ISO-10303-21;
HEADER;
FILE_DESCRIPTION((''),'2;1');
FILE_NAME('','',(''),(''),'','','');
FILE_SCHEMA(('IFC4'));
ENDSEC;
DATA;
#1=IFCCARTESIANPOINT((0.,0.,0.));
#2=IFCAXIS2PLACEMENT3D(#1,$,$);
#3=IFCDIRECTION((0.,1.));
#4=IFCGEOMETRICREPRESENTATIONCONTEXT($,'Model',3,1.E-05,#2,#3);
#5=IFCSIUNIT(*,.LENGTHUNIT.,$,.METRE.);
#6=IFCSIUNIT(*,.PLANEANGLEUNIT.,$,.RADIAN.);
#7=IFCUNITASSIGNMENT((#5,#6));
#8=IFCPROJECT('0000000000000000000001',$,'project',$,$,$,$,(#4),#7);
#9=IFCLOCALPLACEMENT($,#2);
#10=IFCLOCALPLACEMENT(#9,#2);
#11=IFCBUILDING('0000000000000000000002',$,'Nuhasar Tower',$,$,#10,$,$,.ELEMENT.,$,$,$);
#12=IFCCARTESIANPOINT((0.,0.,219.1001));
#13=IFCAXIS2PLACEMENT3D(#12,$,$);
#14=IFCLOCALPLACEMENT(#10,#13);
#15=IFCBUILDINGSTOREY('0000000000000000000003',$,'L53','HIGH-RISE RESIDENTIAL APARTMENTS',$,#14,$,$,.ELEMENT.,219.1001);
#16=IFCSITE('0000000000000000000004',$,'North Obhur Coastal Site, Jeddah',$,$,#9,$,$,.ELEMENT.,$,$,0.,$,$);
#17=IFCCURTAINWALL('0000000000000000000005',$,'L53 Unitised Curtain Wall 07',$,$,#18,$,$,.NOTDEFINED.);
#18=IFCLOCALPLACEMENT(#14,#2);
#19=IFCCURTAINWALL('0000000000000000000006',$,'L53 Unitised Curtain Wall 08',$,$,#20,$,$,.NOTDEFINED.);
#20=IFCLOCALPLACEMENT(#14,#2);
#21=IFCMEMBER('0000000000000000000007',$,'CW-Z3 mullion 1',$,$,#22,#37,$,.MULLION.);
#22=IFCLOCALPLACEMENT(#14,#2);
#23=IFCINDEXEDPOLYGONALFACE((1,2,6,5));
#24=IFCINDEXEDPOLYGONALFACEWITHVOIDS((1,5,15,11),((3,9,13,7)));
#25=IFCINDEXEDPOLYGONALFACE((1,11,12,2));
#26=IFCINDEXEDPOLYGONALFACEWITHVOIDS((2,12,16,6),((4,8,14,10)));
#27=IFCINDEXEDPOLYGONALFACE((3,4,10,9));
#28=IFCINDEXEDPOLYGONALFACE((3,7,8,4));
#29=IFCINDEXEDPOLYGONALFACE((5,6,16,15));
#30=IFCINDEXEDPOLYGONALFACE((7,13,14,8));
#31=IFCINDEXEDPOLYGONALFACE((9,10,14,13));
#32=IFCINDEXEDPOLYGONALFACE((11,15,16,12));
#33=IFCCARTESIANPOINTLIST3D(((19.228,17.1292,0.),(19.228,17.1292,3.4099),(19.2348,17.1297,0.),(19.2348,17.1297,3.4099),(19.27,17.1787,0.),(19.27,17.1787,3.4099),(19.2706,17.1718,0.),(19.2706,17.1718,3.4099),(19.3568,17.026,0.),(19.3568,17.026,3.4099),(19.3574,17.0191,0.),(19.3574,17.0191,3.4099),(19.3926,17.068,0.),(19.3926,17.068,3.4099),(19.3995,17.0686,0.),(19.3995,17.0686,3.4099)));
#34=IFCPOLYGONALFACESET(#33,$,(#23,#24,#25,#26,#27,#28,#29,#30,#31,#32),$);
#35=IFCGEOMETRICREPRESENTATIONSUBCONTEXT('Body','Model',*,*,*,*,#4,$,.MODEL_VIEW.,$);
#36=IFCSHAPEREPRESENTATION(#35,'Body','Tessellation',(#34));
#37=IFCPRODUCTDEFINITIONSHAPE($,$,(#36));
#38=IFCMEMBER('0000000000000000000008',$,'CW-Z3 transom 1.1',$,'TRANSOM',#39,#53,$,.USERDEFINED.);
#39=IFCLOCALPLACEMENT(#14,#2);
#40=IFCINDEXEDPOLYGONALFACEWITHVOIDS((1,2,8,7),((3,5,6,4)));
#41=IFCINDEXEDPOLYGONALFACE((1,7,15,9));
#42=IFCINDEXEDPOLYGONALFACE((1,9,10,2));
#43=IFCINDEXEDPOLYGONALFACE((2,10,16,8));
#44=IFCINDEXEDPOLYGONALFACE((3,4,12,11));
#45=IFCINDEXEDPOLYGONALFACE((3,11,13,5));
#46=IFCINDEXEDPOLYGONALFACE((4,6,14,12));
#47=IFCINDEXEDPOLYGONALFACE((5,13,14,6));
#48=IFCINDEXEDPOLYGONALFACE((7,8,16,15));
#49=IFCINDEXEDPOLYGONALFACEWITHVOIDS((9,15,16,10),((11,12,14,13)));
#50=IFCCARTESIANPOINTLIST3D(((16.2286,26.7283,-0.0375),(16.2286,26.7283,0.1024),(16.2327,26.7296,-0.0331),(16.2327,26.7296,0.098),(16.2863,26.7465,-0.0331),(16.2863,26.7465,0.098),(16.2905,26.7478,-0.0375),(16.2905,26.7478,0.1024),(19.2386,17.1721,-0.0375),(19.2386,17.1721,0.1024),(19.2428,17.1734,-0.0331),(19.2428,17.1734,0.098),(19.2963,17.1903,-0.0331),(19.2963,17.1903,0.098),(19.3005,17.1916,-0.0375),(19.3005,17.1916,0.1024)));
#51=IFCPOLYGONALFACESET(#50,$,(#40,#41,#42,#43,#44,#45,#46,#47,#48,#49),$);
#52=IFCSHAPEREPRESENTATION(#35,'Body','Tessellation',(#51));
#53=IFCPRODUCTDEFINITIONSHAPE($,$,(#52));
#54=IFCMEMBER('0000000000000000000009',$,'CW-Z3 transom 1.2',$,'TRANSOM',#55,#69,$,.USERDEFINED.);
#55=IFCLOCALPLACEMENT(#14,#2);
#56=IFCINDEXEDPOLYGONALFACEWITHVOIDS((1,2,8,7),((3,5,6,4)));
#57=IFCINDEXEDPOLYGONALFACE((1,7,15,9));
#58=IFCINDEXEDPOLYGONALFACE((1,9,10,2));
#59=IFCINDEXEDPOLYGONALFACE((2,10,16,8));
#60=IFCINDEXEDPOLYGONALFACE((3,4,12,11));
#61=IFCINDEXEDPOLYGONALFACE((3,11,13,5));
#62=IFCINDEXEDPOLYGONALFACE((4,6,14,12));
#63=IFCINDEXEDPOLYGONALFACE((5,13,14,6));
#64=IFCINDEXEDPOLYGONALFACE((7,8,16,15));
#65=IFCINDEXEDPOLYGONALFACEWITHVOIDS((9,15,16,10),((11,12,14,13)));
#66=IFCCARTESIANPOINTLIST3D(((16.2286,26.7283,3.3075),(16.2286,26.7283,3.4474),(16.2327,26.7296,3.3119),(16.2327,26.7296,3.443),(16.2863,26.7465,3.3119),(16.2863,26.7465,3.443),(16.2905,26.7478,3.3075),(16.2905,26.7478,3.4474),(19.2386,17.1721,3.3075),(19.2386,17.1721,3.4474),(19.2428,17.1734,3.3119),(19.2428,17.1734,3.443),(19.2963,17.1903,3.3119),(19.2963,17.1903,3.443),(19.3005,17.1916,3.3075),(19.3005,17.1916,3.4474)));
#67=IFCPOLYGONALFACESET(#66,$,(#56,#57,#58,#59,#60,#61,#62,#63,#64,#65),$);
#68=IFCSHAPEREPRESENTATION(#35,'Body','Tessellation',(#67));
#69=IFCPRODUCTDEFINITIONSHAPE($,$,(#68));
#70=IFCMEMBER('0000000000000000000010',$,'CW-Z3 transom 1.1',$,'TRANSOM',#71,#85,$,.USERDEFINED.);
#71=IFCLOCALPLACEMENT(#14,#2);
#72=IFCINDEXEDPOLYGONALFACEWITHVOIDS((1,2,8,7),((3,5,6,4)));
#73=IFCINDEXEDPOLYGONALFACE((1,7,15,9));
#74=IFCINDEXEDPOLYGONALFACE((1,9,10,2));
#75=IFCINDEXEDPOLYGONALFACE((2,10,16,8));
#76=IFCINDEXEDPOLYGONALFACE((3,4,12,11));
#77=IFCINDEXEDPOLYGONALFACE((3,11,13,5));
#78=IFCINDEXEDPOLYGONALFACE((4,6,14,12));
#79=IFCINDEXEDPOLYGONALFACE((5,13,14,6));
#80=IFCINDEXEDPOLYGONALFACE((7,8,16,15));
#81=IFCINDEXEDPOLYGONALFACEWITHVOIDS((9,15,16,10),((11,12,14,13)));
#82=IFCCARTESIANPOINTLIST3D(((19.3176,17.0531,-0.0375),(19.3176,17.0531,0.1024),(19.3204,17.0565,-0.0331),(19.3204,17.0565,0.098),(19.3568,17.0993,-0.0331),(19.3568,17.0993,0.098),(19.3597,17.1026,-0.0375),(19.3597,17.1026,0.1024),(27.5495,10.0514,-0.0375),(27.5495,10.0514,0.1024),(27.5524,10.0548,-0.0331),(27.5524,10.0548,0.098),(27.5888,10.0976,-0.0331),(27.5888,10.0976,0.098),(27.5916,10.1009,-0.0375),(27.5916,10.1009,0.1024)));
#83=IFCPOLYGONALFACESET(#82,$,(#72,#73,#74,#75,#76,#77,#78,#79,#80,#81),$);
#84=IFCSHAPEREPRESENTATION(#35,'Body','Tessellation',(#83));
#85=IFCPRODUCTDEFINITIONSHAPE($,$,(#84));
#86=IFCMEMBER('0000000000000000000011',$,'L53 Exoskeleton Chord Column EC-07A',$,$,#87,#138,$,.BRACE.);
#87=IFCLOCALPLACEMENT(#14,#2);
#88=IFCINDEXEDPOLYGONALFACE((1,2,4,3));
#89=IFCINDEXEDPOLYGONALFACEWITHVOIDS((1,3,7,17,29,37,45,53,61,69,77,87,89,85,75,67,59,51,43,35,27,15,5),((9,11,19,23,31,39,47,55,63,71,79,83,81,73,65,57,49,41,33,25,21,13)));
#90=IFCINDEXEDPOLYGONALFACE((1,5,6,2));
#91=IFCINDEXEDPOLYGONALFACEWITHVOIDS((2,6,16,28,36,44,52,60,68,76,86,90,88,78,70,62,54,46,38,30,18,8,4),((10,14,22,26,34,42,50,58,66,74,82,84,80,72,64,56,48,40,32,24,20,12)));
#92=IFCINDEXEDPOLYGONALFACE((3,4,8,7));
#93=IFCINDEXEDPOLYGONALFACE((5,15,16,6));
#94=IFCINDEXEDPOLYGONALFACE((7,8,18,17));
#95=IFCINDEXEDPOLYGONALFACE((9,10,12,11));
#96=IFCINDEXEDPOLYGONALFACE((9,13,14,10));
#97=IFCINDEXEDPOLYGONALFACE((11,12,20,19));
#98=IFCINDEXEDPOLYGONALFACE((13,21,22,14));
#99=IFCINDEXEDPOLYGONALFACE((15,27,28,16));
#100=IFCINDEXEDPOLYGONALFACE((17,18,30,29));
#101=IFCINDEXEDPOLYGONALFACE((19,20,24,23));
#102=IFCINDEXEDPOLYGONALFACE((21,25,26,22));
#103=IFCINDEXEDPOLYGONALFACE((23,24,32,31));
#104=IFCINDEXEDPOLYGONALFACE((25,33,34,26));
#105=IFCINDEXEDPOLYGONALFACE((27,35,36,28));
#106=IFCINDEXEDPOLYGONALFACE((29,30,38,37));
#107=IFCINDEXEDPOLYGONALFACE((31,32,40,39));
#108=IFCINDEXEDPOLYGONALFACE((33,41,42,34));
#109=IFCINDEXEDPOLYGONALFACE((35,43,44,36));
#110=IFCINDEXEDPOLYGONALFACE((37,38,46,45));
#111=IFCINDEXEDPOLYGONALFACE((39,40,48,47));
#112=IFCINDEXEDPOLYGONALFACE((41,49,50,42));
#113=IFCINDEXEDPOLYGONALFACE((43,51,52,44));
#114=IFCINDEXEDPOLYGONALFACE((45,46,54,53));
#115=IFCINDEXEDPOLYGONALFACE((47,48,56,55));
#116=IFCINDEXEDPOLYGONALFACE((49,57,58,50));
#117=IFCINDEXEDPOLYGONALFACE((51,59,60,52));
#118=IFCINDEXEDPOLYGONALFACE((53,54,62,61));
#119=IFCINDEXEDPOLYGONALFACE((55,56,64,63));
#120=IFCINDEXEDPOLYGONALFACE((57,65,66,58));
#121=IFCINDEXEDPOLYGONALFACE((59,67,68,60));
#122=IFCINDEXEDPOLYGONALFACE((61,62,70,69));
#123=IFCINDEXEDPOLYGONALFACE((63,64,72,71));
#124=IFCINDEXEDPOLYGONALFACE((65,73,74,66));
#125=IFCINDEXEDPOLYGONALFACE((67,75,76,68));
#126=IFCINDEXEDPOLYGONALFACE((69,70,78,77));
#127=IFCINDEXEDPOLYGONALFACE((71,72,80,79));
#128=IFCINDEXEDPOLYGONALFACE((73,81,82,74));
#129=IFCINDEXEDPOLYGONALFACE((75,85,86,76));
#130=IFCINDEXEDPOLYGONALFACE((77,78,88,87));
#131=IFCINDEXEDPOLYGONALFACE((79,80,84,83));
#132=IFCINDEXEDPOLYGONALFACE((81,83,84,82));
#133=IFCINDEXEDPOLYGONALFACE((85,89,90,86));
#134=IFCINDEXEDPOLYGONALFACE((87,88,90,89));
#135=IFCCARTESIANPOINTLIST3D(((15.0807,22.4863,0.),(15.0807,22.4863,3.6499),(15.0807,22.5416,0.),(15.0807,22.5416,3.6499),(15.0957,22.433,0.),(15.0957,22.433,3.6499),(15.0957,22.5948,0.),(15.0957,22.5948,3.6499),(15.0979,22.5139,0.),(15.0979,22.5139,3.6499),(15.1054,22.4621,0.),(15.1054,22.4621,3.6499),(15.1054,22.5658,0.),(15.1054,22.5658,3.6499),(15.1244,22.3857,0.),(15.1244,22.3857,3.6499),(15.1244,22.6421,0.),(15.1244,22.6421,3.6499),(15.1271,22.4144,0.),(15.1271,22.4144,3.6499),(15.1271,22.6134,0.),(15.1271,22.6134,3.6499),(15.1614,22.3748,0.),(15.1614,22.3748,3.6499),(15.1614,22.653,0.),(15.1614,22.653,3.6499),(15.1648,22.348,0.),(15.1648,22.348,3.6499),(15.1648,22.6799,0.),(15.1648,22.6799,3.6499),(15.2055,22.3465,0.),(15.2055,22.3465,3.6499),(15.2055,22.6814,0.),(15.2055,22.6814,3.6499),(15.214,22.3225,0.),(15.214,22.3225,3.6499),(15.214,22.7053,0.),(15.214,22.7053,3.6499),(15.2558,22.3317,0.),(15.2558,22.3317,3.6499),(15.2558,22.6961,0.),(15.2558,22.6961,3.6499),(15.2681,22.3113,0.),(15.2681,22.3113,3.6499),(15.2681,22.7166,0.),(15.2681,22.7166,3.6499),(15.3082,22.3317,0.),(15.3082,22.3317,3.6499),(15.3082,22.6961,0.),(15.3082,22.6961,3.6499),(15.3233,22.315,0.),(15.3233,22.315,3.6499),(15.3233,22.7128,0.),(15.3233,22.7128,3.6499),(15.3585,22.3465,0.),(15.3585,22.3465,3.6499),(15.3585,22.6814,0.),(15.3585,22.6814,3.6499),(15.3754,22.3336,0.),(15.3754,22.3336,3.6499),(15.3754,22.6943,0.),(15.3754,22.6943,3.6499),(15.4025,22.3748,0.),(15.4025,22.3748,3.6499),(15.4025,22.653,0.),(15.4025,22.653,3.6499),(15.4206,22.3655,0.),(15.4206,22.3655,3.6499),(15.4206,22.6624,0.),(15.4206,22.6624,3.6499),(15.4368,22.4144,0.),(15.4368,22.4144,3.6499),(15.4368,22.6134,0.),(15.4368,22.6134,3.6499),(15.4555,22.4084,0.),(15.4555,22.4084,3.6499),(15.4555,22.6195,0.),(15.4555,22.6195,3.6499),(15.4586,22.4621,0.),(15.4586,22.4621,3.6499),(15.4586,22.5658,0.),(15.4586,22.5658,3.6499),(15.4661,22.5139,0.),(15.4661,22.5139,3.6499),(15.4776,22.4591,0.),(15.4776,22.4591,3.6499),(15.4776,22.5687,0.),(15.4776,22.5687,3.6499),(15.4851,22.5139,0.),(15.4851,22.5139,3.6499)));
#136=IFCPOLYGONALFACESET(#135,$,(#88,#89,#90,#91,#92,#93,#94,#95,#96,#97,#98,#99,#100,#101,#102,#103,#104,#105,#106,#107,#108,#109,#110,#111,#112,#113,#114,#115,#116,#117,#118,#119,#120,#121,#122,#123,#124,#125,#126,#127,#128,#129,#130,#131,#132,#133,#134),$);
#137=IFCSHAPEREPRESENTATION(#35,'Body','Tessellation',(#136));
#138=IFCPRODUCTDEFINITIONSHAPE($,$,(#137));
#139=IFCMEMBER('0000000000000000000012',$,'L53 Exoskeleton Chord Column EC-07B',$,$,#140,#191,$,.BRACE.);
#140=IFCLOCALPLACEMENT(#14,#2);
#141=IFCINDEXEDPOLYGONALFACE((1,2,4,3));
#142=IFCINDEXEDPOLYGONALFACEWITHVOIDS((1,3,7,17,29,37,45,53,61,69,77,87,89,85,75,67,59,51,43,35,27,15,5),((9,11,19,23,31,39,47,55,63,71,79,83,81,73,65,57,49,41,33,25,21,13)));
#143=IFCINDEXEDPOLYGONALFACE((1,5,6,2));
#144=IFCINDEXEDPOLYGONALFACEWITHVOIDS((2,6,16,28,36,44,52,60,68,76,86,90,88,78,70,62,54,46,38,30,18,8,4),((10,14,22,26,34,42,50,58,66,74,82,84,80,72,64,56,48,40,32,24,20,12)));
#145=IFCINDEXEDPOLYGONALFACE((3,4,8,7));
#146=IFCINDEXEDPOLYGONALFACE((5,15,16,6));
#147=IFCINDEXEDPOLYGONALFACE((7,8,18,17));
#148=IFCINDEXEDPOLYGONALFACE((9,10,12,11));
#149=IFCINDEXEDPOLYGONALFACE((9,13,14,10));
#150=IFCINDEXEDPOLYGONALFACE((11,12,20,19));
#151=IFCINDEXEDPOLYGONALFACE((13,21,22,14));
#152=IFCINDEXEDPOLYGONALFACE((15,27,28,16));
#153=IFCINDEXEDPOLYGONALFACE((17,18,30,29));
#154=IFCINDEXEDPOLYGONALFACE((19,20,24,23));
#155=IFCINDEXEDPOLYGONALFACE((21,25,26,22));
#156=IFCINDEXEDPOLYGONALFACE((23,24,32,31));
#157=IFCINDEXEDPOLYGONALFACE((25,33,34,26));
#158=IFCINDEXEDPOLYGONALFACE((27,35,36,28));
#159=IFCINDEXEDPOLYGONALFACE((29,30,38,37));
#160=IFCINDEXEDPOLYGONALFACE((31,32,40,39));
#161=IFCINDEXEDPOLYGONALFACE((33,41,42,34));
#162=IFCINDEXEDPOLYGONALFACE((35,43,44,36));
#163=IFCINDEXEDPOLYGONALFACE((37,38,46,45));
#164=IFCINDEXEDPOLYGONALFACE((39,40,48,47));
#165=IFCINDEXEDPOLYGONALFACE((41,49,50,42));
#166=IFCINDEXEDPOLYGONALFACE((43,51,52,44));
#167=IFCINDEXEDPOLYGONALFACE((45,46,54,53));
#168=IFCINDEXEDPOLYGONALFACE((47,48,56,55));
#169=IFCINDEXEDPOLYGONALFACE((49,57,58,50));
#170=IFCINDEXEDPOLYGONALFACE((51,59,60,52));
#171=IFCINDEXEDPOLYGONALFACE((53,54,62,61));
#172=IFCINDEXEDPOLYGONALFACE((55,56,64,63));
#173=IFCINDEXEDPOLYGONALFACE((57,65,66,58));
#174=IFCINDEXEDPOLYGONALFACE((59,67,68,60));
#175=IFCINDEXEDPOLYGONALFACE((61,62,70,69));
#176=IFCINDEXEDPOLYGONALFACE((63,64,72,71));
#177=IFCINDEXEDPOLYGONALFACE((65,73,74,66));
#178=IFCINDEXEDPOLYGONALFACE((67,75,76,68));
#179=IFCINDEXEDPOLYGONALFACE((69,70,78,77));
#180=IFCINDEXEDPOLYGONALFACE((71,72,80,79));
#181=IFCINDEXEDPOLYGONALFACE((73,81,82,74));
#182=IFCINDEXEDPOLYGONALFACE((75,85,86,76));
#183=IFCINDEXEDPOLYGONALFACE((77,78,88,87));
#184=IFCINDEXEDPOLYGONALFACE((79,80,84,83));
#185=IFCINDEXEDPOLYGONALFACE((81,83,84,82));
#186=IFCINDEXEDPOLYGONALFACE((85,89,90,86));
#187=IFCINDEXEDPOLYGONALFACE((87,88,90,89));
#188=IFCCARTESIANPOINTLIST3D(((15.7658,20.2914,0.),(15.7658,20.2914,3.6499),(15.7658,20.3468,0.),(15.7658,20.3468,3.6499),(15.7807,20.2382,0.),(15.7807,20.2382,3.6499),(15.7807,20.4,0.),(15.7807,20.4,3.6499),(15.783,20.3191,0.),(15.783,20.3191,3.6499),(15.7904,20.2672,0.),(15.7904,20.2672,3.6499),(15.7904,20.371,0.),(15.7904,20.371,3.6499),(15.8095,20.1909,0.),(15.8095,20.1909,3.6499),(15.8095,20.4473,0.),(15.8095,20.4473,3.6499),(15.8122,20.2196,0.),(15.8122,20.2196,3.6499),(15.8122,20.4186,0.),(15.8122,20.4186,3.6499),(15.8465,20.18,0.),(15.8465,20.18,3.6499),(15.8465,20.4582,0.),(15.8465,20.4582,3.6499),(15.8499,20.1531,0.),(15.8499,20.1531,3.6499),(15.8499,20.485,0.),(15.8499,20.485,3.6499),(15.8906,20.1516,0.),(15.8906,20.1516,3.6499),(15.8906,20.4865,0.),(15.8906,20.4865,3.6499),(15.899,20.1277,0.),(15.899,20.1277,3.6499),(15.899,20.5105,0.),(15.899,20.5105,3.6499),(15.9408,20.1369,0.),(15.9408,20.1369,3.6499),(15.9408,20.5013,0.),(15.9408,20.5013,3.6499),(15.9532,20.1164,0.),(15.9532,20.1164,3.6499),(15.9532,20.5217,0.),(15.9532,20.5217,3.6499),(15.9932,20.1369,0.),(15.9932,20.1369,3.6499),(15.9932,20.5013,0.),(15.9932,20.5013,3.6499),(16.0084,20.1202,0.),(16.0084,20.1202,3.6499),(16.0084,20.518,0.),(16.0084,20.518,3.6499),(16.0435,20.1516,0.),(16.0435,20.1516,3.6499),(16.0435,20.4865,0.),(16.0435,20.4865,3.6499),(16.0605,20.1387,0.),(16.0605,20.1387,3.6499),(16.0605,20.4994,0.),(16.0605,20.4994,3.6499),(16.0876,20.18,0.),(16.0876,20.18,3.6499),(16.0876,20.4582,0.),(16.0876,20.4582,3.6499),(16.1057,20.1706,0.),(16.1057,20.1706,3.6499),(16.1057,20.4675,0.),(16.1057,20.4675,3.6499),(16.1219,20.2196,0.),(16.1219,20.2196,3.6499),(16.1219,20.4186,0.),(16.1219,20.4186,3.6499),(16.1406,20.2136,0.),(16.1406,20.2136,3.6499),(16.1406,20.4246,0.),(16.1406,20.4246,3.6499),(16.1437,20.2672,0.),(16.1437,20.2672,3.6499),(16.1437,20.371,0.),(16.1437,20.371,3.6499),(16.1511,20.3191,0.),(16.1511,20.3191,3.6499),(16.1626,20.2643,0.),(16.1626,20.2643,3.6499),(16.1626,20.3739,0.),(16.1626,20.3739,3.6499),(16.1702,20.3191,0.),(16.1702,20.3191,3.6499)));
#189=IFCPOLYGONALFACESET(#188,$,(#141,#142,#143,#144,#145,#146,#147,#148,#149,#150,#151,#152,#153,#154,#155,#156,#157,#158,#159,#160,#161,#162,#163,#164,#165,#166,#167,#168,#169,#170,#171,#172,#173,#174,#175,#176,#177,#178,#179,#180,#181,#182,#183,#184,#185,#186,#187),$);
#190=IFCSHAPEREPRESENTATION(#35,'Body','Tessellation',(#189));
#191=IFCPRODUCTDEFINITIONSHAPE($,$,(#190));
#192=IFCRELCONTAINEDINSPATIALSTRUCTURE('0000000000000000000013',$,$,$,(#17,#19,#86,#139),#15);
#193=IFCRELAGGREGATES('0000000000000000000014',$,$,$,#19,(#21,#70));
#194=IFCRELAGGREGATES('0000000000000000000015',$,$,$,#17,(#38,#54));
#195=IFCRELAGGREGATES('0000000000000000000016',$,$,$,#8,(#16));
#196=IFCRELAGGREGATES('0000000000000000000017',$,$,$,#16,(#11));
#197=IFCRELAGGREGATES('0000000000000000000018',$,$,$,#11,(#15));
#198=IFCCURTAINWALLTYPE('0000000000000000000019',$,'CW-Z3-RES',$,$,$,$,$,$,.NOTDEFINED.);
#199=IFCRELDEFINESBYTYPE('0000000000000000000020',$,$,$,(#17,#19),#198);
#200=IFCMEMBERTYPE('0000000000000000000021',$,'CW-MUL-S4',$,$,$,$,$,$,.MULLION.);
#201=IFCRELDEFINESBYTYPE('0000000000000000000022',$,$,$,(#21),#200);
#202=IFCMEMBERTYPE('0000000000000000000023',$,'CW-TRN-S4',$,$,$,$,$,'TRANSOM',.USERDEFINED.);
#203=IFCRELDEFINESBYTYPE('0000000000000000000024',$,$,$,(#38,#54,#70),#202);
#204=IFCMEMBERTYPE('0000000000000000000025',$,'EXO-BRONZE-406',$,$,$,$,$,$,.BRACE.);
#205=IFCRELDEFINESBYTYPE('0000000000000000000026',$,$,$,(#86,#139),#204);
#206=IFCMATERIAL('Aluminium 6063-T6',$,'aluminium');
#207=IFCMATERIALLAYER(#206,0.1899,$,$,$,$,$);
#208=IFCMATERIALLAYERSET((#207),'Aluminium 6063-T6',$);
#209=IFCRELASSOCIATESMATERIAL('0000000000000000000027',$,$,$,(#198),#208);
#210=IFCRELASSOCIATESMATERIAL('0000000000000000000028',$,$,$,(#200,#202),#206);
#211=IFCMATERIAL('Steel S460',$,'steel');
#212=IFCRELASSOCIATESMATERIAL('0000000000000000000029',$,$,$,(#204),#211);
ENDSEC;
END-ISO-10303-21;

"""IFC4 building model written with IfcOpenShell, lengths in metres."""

from ifc_helpers import new_model, si_unit, direction, frame, origin, origin_2d, place, context, subcontext, project, spatial, hollow_rectangle, hollow_circle, extrude, material, layer, layer_set, material_profile, profile_set, type_object, element, aggregate, save


model = new_model("IFC4")

# Units and contexts
model_context = context("Model", 3, precision=1e-05, world=origin(), true_north=direction((0.0, 1.0)))
body_context = subcontext(model_context, "Body", "Model", "MODEL_VIEW")
ifc_project = project(units=[si_unit("LENGTHUNIT", "METRE"), si_unit("PLANEANGLEUNIT", "RADIAN")], contexts=[model_context])

# Site, building, storey
site_placement = place(None, origin())
site = spatial("IfcSite", under=ifc_project, at=site_placement, Name="North Obhur Coastal Site, Jeddah", CompositionType="ELEMENT", RefElevation=0.0)
building_placement = place(site_placement, origin())
building = spatial("IfcBuilding", under=site, at=building_placement, Name="Nuhasar Tower", CompositionType="ELEMENT")
storey_placement = place(building_placement, frame((0.0, 0.0, 219.1001)))
storey = spatial("IfcBuildingStorey", under=building, at=storey_placement, Name="L53", Description="HIGH-RISE RESIDENTIAL APARTMENTS", CompositionType="ELEMENT", Elevation=219.1001)

# Curtain wall
ifc_material_1 = material(Name="Aluminium 6063-T6", Category="aluminium")
ifc_layer_1 = layer(ifc_material_1, 0.1899)
ifc_layer_set_1 = layer_set([ifc_layer_1], Name="Aluminium 6063-T6")
curtain_wall_type = type_object("IfcCurtainWallType", Name="CW-Z3-RES", PredefinedType="NOTDEFINED", material=ifc_layer_set_1)
curtain_wall_1_placement = place(storey_placement, origin())
curtain_wall_1 = element("IfcCurtainWall", 1, at=curtain_wall_1_placement, inside=storey, type_object=curtain_wall_type, Name="L53 Unitised Curtain Wall 07", PredefinedType="NOTDEFINED")
ifc_material_profile_1 = material_profile(ifc_material_1, hollow_rectangle(XDim=0.0649, YDim=0.1699, WallThickness=0.0049, at=origin_2d()), Name="CWM-4")
ifc_profile_set_1 = profile_set([ifc_material_profile_1], Name="Aluminium 6063-T6")
member_type_1 = type_object("IfcMemberType", Name="CW-MUL-S4", PredefinedType="MULLION", material=ifc_profile_set_1)

# Curtain wall, member
curtain_wall_2_placement = place(storey_placement, origin())
curtain_wall_2 = element("IfcCurtainWall", 2, at=curtain_wall_2_placement, inside=storey, type_object=curtain_wall_type, Name="L53 Unitised Curtain Wall 08", PredefinedType="NOTDEFINED")
member_1_placement = place(storey_placement, frame((19.3137, 17.0989, 0.0), z_axis=(0.0, 0.0, 1.0), x_axis=(0.647895, 0.761729, 0.0)))
member_1 = element("IfcMember", 3, at=member_1_placement, type_object=member_type_1, Name="CW-Z3 mullion 1", PredefinedType="MULLION", context=body_context, shape_type="SweptSolid", body=[
    extrude(hollow_rectangle(XDim=0.0649, YDim=0.1699, WallThickness=0.0049, at=origin_2d()), origin(), (0.0, 0.0, 1.0), 3.4099),
])

# Members
ifc_material_profile_2 = material_profile(ifc_material_1, hollow_rectangle(XDim=0.0649, YDim=0.1399, WallThickness=0.0044, at=origin_2d()), Name="CWT-4")
ifc_profile_set_2 = profile_set([ifc_material_profile_2], Name="Aluminium 6063-T6")
member_type_2 = type_object("IfcMemberType", Name="CW-TRN-S4", ElementType="TRANSOM", PredefinedType="USERDEFINED", material=ifc_profile_set_2)
member_2_placement = place(storey_placement, frame((16.2595, 26.738, 0.0325), z_axis=(0.30043, -0.953804, 0.0), x_axis=(0.953804, 0.30043, 0.0)))
member_2 = element("IfcMember", 4, at=member_2_placement, type_object=member_type_2, Name="CW-Z3 transom 1.1", ObjectType="TRANSOM", PredefinedType="USERDEFINED", context=body_context, shape_type="SweptSolid", body=[
    extrude(hollow_rectangle(XDim=0.0649, YDim=0.1399, WallThickness=0.0044, at=origin_2d()), origin(), (0.0, 0.0, 1.0), 10.019),
])
member_3_placement = place(storey_placement, frame((16.2595, 26.738, 3.3774), z_axis=(0.30043, -0.953804, 0.0), x_axis=(0.953804, 0.30043, 0.0)))
member_3 = element("IfcMember", 5, at=member_3_placement, type_object=member_type_2, Name="CW-Z3 transom 1.2", ObjectType="TRANSOM", PredefinedType="USERDEFINED", context=body_context, shape_type="SweptSolid", body=[
    extrude(hollow_rectangle(XDim=0.0649, YDim=0.1399, WallThickness=0.0044, at=origin_2d()), origin(), (0.0, 0.0, 1.0), 10.019),
])
member_4_placement = place(storey_placement, frame((19.3386, 17.0779, 0.0325), z_axis=(0.761731, -0.647894, 0.0), x_axis=(0.647894, 0.761731, 0.0)))
member_4 = element("IfcMember", 6, at=member_4_placement, type_object=member_type_2, Name="CW-Z3 transom 1.1", ObjectType="TRANSOM", PredefinedType="USERDEFINED", context=body_context, shape_type="SweptSolid", body=[
    extrude(hollow_rectangle(XDim=0.0649, YDim=0.1399, WallThickness=0.0044, at=origin_2d()), origin(), (0.0, 0.0, 1.0), 10.8069),
])
aggregate(curtain_wall_2, [member_1, member_4])

# Members
ifc_material_2 = material(Name="Steel S460", Category="steel")
ifc_material_profile_3 = material_profile(ifc_material_2, hollow_circle(Radius=0.2031, WallThickness=0.019, at=origin_2d()), Name="HSS406.4X19.1")
ifc_profile_set_3 = profile_set([ifc_material_profile_3], Name="Steel S460")
member_type_3 = type_object("IfcMemberType", Name="EXO-BRONZE-406", PredefinedType="BRACE", material=ifc_profile_set_3)
for number, where, z_axis, x_axis, name in (
    (7, (15.282, 22.5139, 0.0), (0.0, 0.0, 1.0), (1.0, 0.0, 0.0), "L53 Exoskeleton Chord Column EC-07A"),
    (8, (15.967, 20.3191, 0.0), (0.0, 0.0, 1.0), (1.0, 0.0, 0.0), "L53 Exoskeleton Chord Column EC-07B"),
):
    element("IfcMember", number, at=place(storey_placement, frame(where, z_axis=z_axis, x_axis=x_axis)), inside=storey, type_object=member_type_3, Name=name, PredefinedType="BRACE", context=body_context, shape_type="SweptSolid", body=[
        extrude(hollow_circle(Radius=0.2031, WallThickness=0.019, at=origin_2d()), origin(), (0.0, 0.0, 1.0), 3.6499),
    ])

aggregate(curtain_wall_1, [member_2, member_3])

save(model, "model.ifc")
